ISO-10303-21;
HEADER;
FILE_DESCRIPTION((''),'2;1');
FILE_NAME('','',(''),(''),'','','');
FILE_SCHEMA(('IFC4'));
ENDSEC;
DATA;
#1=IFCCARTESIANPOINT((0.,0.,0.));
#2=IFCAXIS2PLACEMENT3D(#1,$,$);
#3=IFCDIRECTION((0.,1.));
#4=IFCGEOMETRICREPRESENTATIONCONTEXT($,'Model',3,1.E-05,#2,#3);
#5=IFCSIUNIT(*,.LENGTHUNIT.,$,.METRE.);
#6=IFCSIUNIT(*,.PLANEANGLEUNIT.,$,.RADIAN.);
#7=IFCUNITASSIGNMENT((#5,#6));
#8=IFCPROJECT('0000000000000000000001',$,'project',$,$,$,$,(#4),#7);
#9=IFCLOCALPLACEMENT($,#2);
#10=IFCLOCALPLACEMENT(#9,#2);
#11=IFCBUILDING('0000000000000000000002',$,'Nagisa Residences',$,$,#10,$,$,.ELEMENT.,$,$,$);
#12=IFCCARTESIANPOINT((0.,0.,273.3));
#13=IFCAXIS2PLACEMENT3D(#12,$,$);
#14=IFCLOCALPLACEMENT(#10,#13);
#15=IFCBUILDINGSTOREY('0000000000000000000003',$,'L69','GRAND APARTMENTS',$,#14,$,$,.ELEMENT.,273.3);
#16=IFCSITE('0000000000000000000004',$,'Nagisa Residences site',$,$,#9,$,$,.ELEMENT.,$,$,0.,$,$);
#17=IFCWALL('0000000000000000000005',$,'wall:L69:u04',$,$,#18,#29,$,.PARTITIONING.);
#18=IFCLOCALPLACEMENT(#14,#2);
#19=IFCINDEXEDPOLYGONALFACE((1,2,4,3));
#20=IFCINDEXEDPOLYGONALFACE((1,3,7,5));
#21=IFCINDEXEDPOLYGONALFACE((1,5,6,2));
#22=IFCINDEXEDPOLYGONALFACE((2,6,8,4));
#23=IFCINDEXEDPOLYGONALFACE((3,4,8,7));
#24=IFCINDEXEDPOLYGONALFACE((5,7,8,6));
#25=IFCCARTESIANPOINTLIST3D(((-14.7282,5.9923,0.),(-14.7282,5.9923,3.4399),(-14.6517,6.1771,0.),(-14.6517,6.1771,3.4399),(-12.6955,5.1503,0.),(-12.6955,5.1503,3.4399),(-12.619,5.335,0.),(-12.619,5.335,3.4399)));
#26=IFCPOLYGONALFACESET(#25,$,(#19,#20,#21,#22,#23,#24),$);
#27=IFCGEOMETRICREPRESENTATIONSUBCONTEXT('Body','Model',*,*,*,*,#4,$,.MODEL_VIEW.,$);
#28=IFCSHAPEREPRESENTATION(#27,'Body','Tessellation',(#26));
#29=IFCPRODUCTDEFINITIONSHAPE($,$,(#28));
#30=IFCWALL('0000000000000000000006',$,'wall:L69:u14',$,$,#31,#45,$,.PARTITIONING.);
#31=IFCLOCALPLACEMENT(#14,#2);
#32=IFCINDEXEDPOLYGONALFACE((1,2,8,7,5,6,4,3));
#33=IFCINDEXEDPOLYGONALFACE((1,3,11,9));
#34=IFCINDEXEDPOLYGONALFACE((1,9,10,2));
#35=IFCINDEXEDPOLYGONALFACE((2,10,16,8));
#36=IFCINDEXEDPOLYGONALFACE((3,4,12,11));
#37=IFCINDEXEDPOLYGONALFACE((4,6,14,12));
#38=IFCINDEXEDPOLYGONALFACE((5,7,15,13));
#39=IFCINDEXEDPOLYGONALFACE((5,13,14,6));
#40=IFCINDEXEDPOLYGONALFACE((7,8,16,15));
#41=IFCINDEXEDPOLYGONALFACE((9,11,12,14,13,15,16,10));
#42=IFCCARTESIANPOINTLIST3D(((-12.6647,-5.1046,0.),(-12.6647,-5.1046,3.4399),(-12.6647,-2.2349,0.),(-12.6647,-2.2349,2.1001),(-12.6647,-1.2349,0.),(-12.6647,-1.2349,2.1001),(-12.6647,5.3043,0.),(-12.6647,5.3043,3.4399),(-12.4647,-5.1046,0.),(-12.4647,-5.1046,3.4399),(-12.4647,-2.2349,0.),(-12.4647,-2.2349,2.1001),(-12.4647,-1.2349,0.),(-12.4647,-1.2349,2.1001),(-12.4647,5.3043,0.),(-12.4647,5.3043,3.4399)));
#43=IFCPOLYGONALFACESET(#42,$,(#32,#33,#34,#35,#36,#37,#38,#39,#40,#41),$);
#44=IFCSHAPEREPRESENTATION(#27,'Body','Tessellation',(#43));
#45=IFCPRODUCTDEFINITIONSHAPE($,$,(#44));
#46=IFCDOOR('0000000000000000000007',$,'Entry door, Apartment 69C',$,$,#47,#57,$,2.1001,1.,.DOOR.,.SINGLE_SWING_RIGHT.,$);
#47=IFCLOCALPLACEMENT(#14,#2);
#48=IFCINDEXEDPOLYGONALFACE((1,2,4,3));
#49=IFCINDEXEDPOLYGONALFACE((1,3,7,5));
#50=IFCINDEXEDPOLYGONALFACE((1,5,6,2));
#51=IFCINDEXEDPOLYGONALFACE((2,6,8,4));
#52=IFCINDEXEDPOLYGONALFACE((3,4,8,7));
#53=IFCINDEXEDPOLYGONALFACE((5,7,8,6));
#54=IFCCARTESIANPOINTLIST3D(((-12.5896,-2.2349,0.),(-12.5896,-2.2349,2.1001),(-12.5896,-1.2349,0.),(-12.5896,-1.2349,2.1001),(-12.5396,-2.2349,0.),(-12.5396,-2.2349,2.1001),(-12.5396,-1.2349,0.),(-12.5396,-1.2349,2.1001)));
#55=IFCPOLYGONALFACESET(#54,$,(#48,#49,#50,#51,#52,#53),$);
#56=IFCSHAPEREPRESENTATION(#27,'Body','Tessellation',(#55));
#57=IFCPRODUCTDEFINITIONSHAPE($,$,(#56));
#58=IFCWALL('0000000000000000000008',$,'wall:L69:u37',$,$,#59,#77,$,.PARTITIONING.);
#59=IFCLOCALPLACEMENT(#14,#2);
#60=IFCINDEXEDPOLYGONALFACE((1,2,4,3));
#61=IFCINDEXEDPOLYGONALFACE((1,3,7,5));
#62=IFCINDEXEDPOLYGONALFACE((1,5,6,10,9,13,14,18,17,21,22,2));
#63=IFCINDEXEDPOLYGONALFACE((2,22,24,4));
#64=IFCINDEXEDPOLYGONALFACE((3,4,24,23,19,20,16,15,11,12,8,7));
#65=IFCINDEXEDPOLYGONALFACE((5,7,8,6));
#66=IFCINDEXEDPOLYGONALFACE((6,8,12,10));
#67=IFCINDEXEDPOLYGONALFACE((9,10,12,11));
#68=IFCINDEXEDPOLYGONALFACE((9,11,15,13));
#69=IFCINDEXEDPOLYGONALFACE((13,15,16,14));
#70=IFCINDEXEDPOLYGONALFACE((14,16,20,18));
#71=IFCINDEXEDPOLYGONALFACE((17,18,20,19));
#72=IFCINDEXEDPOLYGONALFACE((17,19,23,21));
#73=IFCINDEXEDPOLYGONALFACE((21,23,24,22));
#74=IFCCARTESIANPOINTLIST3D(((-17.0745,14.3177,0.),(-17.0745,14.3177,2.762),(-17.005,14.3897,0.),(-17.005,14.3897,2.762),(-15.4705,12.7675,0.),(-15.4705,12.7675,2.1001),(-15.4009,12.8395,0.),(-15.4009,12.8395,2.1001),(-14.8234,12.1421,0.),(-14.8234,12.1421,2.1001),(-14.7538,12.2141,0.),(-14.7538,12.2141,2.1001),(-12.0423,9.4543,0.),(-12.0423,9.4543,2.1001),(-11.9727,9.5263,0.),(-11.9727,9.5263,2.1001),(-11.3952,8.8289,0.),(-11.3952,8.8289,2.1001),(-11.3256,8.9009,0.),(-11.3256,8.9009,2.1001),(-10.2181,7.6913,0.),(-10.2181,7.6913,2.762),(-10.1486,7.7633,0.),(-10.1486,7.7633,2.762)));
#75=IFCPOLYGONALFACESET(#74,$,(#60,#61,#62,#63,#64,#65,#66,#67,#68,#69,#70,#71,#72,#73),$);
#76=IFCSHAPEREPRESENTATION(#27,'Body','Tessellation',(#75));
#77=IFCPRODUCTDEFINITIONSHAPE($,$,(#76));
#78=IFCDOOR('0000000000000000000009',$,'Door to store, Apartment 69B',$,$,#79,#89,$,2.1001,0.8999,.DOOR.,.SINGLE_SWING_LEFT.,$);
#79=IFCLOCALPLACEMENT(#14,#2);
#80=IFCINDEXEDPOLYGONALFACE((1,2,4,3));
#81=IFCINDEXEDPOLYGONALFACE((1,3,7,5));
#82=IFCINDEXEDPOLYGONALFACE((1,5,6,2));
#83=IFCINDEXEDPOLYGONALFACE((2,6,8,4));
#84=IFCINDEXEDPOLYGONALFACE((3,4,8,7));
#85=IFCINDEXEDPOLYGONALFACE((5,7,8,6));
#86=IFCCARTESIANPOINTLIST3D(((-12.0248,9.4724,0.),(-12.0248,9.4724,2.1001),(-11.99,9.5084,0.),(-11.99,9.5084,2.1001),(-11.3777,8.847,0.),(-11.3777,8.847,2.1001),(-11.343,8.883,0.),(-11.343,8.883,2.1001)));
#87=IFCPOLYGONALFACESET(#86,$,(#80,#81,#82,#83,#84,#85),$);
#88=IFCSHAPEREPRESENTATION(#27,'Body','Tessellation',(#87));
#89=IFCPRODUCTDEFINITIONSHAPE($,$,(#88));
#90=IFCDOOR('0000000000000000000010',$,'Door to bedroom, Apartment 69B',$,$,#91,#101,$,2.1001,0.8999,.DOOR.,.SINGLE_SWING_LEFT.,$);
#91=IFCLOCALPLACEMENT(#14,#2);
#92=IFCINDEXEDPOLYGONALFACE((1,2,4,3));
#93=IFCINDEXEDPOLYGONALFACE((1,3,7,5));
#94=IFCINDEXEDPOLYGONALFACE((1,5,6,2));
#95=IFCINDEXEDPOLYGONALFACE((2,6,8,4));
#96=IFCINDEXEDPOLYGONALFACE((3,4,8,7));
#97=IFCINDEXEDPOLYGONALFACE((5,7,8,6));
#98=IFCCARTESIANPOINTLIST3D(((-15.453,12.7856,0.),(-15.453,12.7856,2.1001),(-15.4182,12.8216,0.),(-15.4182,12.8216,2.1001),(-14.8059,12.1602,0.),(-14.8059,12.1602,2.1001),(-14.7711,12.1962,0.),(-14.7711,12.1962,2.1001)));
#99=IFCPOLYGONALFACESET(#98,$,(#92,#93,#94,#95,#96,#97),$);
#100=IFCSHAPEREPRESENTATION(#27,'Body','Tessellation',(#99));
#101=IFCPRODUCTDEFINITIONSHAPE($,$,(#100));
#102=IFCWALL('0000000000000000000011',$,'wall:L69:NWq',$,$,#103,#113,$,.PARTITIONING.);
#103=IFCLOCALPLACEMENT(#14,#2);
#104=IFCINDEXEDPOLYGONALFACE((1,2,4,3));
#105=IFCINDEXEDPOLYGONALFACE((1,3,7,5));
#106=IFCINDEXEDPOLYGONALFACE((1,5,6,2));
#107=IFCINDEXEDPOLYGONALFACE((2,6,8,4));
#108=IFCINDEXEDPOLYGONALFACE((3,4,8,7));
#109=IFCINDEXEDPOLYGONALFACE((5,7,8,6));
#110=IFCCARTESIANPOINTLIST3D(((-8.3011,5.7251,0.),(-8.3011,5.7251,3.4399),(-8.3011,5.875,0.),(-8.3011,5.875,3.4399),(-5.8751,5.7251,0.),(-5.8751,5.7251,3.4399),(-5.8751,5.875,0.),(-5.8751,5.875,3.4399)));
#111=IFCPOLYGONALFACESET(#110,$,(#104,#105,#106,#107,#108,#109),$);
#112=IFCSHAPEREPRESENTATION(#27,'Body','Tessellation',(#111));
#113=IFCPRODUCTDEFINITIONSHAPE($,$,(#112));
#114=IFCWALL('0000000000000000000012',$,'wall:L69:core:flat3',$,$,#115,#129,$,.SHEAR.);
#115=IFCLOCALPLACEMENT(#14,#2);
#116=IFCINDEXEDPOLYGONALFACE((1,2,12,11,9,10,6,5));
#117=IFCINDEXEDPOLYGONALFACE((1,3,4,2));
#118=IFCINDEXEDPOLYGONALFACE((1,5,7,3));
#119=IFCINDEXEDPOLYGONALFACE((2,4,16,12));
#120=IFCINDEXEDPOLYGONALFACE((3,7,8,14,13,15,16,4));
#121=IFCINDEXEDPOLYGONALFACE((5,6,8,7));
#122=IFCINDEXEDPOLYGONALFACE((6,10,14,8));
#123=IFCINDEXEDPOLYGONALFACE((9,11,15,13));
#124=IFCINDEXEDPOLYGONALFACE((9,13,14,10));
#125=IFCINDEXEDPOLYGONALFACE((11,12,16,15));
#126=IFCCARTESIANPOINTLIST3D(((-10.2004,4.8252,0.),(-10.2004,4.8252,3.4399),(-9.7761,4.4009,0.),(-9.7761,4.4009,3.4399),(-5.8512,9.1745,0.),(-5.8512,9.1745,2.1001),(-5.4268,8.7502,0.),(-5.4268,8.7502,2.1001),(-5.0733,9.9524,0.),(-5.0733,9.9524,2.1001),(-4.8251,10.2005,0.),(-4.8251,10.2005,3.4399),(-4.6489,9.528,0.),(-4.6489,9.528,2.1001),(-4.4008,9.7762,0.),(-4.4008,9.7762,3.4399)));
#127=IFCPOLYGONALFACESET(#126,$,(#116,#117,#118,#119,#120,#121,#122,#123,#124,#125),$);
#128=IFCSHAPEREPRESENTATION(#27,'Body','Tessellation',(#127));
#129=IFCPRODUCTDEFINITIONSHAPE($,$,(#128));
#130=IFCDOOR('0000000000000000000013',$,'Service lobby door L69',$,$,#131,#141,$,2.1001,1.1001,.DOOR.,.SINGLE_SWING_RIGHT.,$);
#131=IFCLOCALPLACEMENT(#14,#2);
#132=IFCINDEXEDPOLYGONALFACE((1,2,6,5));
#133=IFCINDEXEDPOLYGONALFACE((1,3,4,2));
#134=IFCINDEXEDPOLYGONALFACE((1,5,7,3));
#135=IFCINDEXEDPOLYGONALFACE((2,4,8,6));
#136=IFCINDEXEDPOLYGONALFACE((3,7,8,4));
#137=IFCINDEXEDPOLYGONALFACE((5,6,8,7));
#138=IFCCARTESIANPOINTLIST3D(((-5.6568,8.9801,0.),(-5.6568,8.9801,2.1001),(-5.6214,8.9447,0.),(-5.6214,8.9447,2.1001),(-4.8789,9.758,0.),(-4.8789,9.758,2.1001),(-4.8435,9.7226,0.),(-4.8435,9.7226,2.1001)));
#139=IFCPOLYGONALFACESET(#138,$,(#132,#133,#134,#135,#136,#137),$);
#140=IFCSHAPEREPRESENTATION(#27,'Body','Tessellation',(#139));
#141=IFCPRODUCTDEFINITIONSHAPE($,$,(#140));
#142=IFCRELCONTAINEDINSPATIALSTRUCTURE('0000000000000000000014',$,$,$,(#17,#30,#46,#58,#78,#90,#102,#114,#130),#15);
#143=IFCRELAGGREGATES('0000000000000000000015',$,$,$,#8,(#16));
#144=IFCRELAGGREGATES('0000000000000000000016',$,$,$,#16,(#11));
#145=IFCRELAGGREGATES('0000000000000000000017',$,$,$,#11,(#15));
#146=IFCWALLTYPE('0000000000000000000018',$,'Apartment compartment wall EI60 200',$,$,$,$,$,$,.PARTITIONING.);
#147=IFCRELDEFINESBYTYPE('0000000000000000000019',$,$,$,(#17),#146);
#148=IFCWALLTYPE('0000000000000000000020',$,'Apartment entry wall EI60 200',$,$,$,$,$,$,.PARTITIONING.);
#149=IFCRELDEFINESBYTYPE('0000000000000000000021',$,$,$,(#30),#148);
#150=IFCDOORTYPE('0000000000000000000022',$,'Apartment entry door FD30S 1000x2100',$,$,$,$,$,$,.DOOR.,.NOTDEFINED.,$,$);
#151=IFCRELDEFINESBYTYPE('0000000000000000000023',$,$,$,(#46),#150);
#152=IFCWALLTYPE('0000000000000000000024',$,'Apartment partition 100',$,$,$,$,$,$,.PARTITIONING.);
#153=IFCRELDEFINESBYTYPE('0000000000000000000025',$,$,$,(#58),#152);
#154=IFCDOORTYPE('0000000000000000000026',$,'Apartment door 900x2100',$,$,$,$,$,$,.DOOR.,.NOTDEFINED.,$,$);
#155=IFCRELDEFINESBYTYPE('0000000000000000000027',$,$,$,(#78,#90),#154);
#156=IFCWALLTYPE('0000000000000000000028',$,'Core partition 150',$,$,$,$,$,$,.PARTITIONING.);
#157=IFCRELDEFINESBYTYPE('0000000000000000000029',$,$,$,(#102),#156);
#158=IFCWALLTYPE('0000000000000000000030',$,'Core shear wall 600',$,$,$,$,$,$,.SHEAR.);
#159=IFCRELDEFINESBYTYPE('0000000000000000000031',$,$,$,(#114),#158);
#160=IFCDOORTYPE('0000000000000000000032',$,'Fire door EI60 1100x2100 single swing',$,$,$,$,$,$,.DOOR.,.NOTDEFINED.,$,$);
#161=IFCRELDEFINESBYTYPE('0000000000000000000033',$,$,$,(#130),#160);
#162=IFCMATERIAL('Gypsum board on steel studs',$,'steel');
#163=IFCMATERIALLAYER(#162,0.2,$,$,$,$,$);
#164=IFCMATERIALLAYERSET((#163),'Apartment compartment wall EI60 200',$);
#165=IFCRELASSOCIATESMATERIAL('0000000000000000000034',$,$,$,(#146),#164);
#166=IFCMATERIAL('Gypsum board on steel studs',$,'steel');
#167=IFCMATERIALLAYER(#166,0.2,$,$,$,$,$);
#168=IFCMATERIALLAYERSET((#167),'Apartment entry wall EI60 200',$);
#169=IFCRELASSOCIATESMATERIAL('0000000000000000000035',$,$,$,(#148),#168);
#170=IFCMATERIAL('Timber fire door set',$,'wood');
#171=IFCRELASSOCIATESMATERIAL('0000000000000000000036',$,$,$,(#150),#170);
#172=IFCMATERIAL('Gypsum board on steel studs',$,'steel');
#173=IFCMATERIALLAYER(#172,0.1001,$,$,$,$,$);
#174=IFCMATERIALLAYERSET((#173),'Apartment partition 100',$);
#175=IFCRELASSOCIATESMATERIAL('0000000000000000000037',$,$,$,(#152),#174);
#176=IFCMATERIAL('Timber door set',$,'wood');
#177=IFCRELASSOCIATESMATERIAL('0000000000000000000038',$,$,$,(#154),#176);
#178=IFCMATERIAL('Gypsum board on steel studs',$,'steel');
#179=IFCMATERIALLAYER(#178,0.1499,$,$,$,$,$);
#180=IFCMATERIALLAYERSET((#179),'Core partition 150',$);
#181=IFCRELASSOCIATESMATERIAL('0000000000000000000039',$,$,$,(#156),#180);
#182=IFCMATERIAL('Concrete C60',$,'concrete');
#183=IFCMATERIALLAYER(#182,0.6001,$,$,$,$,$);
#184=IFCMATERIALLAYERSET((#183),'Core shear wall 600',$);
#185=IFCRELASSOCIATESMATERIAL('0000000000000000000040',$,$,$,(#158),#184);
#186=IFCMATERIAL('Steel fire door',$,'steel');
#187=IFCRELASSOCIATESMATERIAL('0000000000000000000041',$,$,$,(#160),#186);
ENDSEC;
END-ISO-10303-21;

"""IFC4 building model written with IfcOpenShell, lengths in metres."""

from ifc_helpers import new_model, si_unit, direction, frame, frame_2d, origin, place, context, subcontext, project, spatial, rectangle, extrude, material, layer, layer_set, type_object, element, fill, save


model = new_model("IFC4")

# Units and contexts
model_context = context("Model", 3, precision=1e-05, world=origin(), true_north=direction((0.0, 1.0)))
body_context = subcontext(model_context, "Body", "Model", "MODEL_VIEW")
ifc_project = project(units=[si_unit("LENGTHUNIT", "METRE"), si_unit("PLANEANGLEUNIT", "RADIAN")], contexts=[model_context])

# Site, building, storey
site_placement = place(None, origin())
site = spatial("IfcSite", under=ifc_project, at=site_placement, Name="Nagisa Residences site", CompositionType="ELEMENT", RefElevation=0.0)
building_placement = place(site_placement, origin())
building = spatial("IfcBuilding", under=site, at=building_placement, Name="Nagisa Residences", CompositionType="ELEMENT")
storey_placement = place(building_placement, frame((0.0, 0.0, 273.3)))
storey = spatial("IfcBuildingStorey", under=building, at=storey_placement, Name="L69", Description="GRAND APARTMENTS", CompositionType="ELEMENT", Elevation=273.3)

# Wall
ifc_material_1 = material(Name="Gypsum board on steel studs", Category="steel")
ifc_layer_1 = layer(ifc_material_1, 0.2)
ifc_layer_set_1 = layer_set([ifc_layer_1], Name="Apartment compartment wall EI60 200")
wall_type_1 = type_object("IfcWallType", Name="Apartment compartment wall EI60 200", PredefinedType="PARTITIONING", material=ifc_layer_set_1)
wall_1_placement = place(storey_placement, frame((-12.6572, 5.2427, 0.0), z_axis=(0.0, 0.0, 1.0), x_axis=(-0.923869, 0.382708, 0.0)))
element("IfcWall", 1, at=wall_1_placement, inside=storey, type_object=wall_type_1, Name="wall:L69:u04", PredefinedType="PARTITIONING", context=body_context, shape_type="SweptSolid", body=[
    extrude(rectangle(XDim=2.2002, YDim=0.2, at=frame_2d((1.1001, 0.0))), origin(), (0.0, 0.0, 1.0), 3.4399),
])

# Wall, opening, door
ifc_material_2 = material(Name="Gypsum board on steel studs", Category="steel")
ifc_layer_2 = layer(ifc_material_2, 0.2)
ifc_layer_set_2 = layer_set([ifc_layer_2], Name="Apartment entry wall EI60 200")
wall_type_2 = type_object("IfcWallType", Name="Apartment entry wall EI60 200", PredefinedType="PARTITIONING", material=ifc_layer_set_2)
wall_2_placement = place(storey_placement, frame((-12.5647, 5.3044, 0.0), z_axis=(0.0, 0.0, 1.0), x_axis=(0.0, -1.0, 0.0)))
wall_2 = element("IfcWall", 2, at=wall_2_placement, inside=storey, type_object=wall_type_2, Name="wall:L69:u14", PredefinedType="PARTITIONING", context=body_context, shape_type="SweptSolid", body=[
    extrude(rectangle(XDim=10.4089, YDim=0.2, at=frame_2d((5.2046, 0.0))), origin(), (0.0, 0.0, 1.0), 3.4399),
])
opening_1_placement = place(wall_2_placement, frame((6.5393, 0.0, 0.0)))
opening_1 = element("IfcOpeningElement", 3, at=opening_1_placement, cuts=wall_2, PredefinedType="OPENING", context=body_context, shape_type="SweptSolid", body=[
    extrude(rectangle(XDim=1.0, YDim=2.1001, at=frame_2d((0.5, 1.05))), frame((0.0, 0.1099, 0.0), z_axis=(0.0, -1.0, 0.0), x_axis=(1.0, 0.0, 0.0)), (0.0, 0.0, 1.0), 0.22),
])
ifc_material_3 = material(Name="Timber fire door set", Category="wood")
door_type_1 = type_object("IfcDoorType", Name="Apartment entry door FD30S 1000x2100", OperationType="NOTDEFINED", PredefinedType="DOOR", material=ifc_material_3)
door_1_placement = place(opening_1_placement, frame((1.0, 0.0, 0.0), x_axis=(-1.0, 0.0, 0.0)))
door_1 = element("IfcDoor", 4, at=door_1_placement, inside=storey, type_object=door_type_1, Name="Entry door, Apartment 69C", OperationType="SINGLE_SWING_RIGHT", OverallHeight=2.1001, OverallWidth=1.0, PredefinedType="DOOR", context=body_context, shape_type="SweptSolid", body=[
    extrude(rectangle(XDim=1.0, YDim=2.1001, at=frame_2d((0.5, 1.05))), frame((0.0, 0.0249, 0.0), z_axis=(0.0, -1.0, 0.0), x_axis=(1.0, 0.0, 0.0)), (0.0, 0.0, 1.0), 0.05),
])
fill(opening_1, door_1)

# Wall, openings, doors
ifc_material_4 = material(Name="Gypsum board on steel studs", Category="steel")
ifc_layer_3 = layer(ifc_material_4, 0.1001)
ifc_layer_set_3 = layer_set([ifc_layer_3], Name="Apartment partition 100")
wall_type_3 = type_object("IfcWallType", Name="Apartment partition 100", PredefinedType="PARTITIONING", material=ifc_layer_set_3)
wall_3_placement = place(storey_placement, frame((-10.1833, 7.7273, 0.0), z_axis=(0.0, 0.0, 1.0), x_axis=(-0.719063, 0.694944, 0.0)))
wall_3 = element("IfcWall", 5, at=wall_3_placement, inside=storey, type_object=wall_type_3, Name="wall:L69:u37", PredefinedType="PARTITIONING", context=body_context, shape_type="SweptSolid", body=[
    extrude(rectangle(XDim=9.5352, YDim=0.1001, at=frame_2d((4.7676, 0.0))), origin(), (0.0, 0.0, 1.0), 2.762),
])
opening_2_placement = place(wall_3_placement, frame((1.637, 0.0, 0.0)))
opening_2 = element("IfcOpeningElement", 6, at=opening_2_placement, cuts=wall_3, PredefinedType="OPENING", context=body_context, shape_type="SweptSolid", body=[
    extrude(rectangle(XDim=0.8999, YDim=2.1001, at=frame_2d((0.45, 1.05))), frame((0.0, 0.0601, 0.0), z_axis=(0.0, -1.0, 0.0), x_axis=(1.0, 0.0, 0.0)), (0.0, 0.0, 1.0), 0.1201),
])
opening_3_placement = place(wall_3_placement, frame((6.4045, 0.0, 0.0)))
opening_3 = element("IfcOpeningElement", 7, at=opening_3_placement, cuts=wall_3, PredefinedType="OPENING", context=body_context, shape_type="SweptSolid", body=[
    extrude(rectangle(XDim=0.8999, YDim=2.1001, at=frame_2d((0.45, 1.05))), frame((0.0, 0.0601, 0.0), z_axis=(0.0, -1.0, 0.0), x_axis=(1.0, 0.0, 0.0)), (0.0, 0.0, 1.0), 0.1201),
])
ifc_material_5 = material(Name="Timber door set", Category="wood")
door_type_2 = type_object("IfcDoorType", Name="Apartment door 900x2100", OperationType="NOTDEFINED", PredefinedType="DOOR", material=ifc_material_5)
door_2_placement = place(opening_2_placement, origin())
door_2 = element("IfcDoor", 8, at=door_2_placement, inside=storey, type_object=door_type_2, Name="Door to store, Apartment 69B", OperationType="SINGLE_SWING_LEFT", OverallHeight=2.1001, OverallWidth=0.8999, PredefinedType="DOOR", context=body_context, shape_type="SweptSolid", body=[
    extrude(rectangle(XDim=0.8999, YDim=2.1001, at=frame_2d((0.45, 1.05))), frame((0.0, 0.0249, 0.0), z_axis=(0.0, -1.0, 0.0), x_axis=(1.0, 0.0, 0.0)), (0.0, 0.0, 1.0), 0.05),
])
fill(opening_2, door_2)
door_3_placement = place(opening_3_placement, origin())
door_3 = element("IfcDoor", 9, at=door_3_placement, inside=storey, type_object=door_type_2, Name="Door to bedroom, Apartment 69B", OperationType="SINGLE_SWING_LEFT", OverallHeight=2.1001, OverallWidth=0.8999, PredefinedType="DOOR", context=body_context, shape_type="SweptSolid", body=[
    extrude(rectangle(XDim=0.8999, YDim=2.1001, at=frame_2d((0.45, 1.05))), frame((0.0, 0.0249, 0.0), z_axis=(0.0, -1.0, 0.0), x_axis=(1.0, 0.0, 0.0)), (0.0, 0.0, 1.0), 0.05),
])
fill(opening_3, door_3)

# Wall
ifc_material_6 = material(Name="Gypsum board on steel studs", Category="steel")
ifc_layer_4 = layer(ifc_material_6, 0.1499)
ifc_layer_set_4 = layer_set([ifc_layer_4], Name="Core partition 150")
wall_type_4 = type_object("IfcWallType", Name="Core partition 150", PredefinedType="PARTITIONING", material=ifc_layer_set_4)
wall_4_placement = place(storey_placement, frame((-8.301, 5.8, 0.0), z_axis=(0.0, 0.0, 1.0), x_axis=(1.0, 0.0, 0.0)))
element("IfcWall", 10, at=wall_4_placement, inside=storey, type_object=wall_type_4, Name="wall:L69:NWq", PredefinedType="PARTITIONING", context=body_context, shape_type="SweptSolid", body=[
    extrude(rectangle(XDim=2.426, YDim=0.1499, at=frame_2d((1.2129, 0.0))), origin(), (0.0, 0.0, 1.0), 3.4399),
])

# Wall, opening, door
ifc_material_7 = material(Name="Concrete C60", Category="concrete")
ifc_layer_5 = layer(ifc_material_7, 0.6001)
ifc_layer_set_5 = layer_set([ifc_layer_5], Name="Core shear wall 600")
wall_type_5 = type_object("IfcWallType", Name="Core shear wall 600", PredefinedType="SHEAR", material=ifc_layer_set_5)
wall_5_placement = place(storey_placement, frame((-4.613, 9.9883, 0.0), z_axis=(0.0, 0.0, 1.0), x_axis=(-0.707107, -0.707107, 0.0)))
wall_5 = element("IfcWall", 11, at=wall_5_placement, inside=storey, type_object=wall_type_5, Name="wall:L69:core:flat3", PredefinedType="SHEAR", context=body_context, shape_type="SweptSolid", body=[
    extrude(rectangle(XDim=7.6018, YDim=0.6001, at=frame_2d((3.8008, 0.0))), origin(), (0.0, 0.0, 1.0), 3.4399),
])
opening_4_placement = place(wall_5_placement, frame((0.3508, 0.0, 0.0)))
opening_4 = element("IfcOpeningElement", 12, at=opening_4_placement, cuts=wall_5, PredefinedType="OPENING", context=body_context, shape_type="SweptSolid", body=[
    extrude(rectangle(XDim=1.1001, YDim=2.1001, at=frame_2d((0.55, 1.05))), frame((0.0, 0.3101, 0.0), z_axis=(0.0, -1.0, 0.0), x_axis=(1.0, 0.0, 0.0)), (0.0, 0.0, 1.0), 0.6201),
])
ifc_material_8 = material(Name="Steel fire door", Category="steel")
door_type_3 = type_object("IfcDoorType", Name="Fire door EI60 1100x2100 single swing", OperationType="NOTDEFINED", PredefinedType="DOOR", material=ifc_material_8)
door_4_placement = place(opening_4_placement, origin())
door_4 = element("IfcDoor", 13, at=door_4_placement, inside=storey, type_object=door_type_3, Name="Service lobby door L69", OperationType="SINGLE_SWING_RIGHT", OverallHeight=2.1001, OverallWidth=1.1001, PredefinedType="DOOR", context=body_context, shape_type="SweptSolid", body=[
    extrude(rectangle(XDim=1.1001, YDim=2.1001, at=frame_2d((0.55, 1.05))), frame((0.0, 0.0249, 0.0), z_axis=(0.0, -1.0, 0.0), x_axis=(1.0, 0.0, 0.0)), (0.0, 0.0, 1.0), 0.05),
])
fill(opening_4, door_4)

save(model, "model.ifc")
